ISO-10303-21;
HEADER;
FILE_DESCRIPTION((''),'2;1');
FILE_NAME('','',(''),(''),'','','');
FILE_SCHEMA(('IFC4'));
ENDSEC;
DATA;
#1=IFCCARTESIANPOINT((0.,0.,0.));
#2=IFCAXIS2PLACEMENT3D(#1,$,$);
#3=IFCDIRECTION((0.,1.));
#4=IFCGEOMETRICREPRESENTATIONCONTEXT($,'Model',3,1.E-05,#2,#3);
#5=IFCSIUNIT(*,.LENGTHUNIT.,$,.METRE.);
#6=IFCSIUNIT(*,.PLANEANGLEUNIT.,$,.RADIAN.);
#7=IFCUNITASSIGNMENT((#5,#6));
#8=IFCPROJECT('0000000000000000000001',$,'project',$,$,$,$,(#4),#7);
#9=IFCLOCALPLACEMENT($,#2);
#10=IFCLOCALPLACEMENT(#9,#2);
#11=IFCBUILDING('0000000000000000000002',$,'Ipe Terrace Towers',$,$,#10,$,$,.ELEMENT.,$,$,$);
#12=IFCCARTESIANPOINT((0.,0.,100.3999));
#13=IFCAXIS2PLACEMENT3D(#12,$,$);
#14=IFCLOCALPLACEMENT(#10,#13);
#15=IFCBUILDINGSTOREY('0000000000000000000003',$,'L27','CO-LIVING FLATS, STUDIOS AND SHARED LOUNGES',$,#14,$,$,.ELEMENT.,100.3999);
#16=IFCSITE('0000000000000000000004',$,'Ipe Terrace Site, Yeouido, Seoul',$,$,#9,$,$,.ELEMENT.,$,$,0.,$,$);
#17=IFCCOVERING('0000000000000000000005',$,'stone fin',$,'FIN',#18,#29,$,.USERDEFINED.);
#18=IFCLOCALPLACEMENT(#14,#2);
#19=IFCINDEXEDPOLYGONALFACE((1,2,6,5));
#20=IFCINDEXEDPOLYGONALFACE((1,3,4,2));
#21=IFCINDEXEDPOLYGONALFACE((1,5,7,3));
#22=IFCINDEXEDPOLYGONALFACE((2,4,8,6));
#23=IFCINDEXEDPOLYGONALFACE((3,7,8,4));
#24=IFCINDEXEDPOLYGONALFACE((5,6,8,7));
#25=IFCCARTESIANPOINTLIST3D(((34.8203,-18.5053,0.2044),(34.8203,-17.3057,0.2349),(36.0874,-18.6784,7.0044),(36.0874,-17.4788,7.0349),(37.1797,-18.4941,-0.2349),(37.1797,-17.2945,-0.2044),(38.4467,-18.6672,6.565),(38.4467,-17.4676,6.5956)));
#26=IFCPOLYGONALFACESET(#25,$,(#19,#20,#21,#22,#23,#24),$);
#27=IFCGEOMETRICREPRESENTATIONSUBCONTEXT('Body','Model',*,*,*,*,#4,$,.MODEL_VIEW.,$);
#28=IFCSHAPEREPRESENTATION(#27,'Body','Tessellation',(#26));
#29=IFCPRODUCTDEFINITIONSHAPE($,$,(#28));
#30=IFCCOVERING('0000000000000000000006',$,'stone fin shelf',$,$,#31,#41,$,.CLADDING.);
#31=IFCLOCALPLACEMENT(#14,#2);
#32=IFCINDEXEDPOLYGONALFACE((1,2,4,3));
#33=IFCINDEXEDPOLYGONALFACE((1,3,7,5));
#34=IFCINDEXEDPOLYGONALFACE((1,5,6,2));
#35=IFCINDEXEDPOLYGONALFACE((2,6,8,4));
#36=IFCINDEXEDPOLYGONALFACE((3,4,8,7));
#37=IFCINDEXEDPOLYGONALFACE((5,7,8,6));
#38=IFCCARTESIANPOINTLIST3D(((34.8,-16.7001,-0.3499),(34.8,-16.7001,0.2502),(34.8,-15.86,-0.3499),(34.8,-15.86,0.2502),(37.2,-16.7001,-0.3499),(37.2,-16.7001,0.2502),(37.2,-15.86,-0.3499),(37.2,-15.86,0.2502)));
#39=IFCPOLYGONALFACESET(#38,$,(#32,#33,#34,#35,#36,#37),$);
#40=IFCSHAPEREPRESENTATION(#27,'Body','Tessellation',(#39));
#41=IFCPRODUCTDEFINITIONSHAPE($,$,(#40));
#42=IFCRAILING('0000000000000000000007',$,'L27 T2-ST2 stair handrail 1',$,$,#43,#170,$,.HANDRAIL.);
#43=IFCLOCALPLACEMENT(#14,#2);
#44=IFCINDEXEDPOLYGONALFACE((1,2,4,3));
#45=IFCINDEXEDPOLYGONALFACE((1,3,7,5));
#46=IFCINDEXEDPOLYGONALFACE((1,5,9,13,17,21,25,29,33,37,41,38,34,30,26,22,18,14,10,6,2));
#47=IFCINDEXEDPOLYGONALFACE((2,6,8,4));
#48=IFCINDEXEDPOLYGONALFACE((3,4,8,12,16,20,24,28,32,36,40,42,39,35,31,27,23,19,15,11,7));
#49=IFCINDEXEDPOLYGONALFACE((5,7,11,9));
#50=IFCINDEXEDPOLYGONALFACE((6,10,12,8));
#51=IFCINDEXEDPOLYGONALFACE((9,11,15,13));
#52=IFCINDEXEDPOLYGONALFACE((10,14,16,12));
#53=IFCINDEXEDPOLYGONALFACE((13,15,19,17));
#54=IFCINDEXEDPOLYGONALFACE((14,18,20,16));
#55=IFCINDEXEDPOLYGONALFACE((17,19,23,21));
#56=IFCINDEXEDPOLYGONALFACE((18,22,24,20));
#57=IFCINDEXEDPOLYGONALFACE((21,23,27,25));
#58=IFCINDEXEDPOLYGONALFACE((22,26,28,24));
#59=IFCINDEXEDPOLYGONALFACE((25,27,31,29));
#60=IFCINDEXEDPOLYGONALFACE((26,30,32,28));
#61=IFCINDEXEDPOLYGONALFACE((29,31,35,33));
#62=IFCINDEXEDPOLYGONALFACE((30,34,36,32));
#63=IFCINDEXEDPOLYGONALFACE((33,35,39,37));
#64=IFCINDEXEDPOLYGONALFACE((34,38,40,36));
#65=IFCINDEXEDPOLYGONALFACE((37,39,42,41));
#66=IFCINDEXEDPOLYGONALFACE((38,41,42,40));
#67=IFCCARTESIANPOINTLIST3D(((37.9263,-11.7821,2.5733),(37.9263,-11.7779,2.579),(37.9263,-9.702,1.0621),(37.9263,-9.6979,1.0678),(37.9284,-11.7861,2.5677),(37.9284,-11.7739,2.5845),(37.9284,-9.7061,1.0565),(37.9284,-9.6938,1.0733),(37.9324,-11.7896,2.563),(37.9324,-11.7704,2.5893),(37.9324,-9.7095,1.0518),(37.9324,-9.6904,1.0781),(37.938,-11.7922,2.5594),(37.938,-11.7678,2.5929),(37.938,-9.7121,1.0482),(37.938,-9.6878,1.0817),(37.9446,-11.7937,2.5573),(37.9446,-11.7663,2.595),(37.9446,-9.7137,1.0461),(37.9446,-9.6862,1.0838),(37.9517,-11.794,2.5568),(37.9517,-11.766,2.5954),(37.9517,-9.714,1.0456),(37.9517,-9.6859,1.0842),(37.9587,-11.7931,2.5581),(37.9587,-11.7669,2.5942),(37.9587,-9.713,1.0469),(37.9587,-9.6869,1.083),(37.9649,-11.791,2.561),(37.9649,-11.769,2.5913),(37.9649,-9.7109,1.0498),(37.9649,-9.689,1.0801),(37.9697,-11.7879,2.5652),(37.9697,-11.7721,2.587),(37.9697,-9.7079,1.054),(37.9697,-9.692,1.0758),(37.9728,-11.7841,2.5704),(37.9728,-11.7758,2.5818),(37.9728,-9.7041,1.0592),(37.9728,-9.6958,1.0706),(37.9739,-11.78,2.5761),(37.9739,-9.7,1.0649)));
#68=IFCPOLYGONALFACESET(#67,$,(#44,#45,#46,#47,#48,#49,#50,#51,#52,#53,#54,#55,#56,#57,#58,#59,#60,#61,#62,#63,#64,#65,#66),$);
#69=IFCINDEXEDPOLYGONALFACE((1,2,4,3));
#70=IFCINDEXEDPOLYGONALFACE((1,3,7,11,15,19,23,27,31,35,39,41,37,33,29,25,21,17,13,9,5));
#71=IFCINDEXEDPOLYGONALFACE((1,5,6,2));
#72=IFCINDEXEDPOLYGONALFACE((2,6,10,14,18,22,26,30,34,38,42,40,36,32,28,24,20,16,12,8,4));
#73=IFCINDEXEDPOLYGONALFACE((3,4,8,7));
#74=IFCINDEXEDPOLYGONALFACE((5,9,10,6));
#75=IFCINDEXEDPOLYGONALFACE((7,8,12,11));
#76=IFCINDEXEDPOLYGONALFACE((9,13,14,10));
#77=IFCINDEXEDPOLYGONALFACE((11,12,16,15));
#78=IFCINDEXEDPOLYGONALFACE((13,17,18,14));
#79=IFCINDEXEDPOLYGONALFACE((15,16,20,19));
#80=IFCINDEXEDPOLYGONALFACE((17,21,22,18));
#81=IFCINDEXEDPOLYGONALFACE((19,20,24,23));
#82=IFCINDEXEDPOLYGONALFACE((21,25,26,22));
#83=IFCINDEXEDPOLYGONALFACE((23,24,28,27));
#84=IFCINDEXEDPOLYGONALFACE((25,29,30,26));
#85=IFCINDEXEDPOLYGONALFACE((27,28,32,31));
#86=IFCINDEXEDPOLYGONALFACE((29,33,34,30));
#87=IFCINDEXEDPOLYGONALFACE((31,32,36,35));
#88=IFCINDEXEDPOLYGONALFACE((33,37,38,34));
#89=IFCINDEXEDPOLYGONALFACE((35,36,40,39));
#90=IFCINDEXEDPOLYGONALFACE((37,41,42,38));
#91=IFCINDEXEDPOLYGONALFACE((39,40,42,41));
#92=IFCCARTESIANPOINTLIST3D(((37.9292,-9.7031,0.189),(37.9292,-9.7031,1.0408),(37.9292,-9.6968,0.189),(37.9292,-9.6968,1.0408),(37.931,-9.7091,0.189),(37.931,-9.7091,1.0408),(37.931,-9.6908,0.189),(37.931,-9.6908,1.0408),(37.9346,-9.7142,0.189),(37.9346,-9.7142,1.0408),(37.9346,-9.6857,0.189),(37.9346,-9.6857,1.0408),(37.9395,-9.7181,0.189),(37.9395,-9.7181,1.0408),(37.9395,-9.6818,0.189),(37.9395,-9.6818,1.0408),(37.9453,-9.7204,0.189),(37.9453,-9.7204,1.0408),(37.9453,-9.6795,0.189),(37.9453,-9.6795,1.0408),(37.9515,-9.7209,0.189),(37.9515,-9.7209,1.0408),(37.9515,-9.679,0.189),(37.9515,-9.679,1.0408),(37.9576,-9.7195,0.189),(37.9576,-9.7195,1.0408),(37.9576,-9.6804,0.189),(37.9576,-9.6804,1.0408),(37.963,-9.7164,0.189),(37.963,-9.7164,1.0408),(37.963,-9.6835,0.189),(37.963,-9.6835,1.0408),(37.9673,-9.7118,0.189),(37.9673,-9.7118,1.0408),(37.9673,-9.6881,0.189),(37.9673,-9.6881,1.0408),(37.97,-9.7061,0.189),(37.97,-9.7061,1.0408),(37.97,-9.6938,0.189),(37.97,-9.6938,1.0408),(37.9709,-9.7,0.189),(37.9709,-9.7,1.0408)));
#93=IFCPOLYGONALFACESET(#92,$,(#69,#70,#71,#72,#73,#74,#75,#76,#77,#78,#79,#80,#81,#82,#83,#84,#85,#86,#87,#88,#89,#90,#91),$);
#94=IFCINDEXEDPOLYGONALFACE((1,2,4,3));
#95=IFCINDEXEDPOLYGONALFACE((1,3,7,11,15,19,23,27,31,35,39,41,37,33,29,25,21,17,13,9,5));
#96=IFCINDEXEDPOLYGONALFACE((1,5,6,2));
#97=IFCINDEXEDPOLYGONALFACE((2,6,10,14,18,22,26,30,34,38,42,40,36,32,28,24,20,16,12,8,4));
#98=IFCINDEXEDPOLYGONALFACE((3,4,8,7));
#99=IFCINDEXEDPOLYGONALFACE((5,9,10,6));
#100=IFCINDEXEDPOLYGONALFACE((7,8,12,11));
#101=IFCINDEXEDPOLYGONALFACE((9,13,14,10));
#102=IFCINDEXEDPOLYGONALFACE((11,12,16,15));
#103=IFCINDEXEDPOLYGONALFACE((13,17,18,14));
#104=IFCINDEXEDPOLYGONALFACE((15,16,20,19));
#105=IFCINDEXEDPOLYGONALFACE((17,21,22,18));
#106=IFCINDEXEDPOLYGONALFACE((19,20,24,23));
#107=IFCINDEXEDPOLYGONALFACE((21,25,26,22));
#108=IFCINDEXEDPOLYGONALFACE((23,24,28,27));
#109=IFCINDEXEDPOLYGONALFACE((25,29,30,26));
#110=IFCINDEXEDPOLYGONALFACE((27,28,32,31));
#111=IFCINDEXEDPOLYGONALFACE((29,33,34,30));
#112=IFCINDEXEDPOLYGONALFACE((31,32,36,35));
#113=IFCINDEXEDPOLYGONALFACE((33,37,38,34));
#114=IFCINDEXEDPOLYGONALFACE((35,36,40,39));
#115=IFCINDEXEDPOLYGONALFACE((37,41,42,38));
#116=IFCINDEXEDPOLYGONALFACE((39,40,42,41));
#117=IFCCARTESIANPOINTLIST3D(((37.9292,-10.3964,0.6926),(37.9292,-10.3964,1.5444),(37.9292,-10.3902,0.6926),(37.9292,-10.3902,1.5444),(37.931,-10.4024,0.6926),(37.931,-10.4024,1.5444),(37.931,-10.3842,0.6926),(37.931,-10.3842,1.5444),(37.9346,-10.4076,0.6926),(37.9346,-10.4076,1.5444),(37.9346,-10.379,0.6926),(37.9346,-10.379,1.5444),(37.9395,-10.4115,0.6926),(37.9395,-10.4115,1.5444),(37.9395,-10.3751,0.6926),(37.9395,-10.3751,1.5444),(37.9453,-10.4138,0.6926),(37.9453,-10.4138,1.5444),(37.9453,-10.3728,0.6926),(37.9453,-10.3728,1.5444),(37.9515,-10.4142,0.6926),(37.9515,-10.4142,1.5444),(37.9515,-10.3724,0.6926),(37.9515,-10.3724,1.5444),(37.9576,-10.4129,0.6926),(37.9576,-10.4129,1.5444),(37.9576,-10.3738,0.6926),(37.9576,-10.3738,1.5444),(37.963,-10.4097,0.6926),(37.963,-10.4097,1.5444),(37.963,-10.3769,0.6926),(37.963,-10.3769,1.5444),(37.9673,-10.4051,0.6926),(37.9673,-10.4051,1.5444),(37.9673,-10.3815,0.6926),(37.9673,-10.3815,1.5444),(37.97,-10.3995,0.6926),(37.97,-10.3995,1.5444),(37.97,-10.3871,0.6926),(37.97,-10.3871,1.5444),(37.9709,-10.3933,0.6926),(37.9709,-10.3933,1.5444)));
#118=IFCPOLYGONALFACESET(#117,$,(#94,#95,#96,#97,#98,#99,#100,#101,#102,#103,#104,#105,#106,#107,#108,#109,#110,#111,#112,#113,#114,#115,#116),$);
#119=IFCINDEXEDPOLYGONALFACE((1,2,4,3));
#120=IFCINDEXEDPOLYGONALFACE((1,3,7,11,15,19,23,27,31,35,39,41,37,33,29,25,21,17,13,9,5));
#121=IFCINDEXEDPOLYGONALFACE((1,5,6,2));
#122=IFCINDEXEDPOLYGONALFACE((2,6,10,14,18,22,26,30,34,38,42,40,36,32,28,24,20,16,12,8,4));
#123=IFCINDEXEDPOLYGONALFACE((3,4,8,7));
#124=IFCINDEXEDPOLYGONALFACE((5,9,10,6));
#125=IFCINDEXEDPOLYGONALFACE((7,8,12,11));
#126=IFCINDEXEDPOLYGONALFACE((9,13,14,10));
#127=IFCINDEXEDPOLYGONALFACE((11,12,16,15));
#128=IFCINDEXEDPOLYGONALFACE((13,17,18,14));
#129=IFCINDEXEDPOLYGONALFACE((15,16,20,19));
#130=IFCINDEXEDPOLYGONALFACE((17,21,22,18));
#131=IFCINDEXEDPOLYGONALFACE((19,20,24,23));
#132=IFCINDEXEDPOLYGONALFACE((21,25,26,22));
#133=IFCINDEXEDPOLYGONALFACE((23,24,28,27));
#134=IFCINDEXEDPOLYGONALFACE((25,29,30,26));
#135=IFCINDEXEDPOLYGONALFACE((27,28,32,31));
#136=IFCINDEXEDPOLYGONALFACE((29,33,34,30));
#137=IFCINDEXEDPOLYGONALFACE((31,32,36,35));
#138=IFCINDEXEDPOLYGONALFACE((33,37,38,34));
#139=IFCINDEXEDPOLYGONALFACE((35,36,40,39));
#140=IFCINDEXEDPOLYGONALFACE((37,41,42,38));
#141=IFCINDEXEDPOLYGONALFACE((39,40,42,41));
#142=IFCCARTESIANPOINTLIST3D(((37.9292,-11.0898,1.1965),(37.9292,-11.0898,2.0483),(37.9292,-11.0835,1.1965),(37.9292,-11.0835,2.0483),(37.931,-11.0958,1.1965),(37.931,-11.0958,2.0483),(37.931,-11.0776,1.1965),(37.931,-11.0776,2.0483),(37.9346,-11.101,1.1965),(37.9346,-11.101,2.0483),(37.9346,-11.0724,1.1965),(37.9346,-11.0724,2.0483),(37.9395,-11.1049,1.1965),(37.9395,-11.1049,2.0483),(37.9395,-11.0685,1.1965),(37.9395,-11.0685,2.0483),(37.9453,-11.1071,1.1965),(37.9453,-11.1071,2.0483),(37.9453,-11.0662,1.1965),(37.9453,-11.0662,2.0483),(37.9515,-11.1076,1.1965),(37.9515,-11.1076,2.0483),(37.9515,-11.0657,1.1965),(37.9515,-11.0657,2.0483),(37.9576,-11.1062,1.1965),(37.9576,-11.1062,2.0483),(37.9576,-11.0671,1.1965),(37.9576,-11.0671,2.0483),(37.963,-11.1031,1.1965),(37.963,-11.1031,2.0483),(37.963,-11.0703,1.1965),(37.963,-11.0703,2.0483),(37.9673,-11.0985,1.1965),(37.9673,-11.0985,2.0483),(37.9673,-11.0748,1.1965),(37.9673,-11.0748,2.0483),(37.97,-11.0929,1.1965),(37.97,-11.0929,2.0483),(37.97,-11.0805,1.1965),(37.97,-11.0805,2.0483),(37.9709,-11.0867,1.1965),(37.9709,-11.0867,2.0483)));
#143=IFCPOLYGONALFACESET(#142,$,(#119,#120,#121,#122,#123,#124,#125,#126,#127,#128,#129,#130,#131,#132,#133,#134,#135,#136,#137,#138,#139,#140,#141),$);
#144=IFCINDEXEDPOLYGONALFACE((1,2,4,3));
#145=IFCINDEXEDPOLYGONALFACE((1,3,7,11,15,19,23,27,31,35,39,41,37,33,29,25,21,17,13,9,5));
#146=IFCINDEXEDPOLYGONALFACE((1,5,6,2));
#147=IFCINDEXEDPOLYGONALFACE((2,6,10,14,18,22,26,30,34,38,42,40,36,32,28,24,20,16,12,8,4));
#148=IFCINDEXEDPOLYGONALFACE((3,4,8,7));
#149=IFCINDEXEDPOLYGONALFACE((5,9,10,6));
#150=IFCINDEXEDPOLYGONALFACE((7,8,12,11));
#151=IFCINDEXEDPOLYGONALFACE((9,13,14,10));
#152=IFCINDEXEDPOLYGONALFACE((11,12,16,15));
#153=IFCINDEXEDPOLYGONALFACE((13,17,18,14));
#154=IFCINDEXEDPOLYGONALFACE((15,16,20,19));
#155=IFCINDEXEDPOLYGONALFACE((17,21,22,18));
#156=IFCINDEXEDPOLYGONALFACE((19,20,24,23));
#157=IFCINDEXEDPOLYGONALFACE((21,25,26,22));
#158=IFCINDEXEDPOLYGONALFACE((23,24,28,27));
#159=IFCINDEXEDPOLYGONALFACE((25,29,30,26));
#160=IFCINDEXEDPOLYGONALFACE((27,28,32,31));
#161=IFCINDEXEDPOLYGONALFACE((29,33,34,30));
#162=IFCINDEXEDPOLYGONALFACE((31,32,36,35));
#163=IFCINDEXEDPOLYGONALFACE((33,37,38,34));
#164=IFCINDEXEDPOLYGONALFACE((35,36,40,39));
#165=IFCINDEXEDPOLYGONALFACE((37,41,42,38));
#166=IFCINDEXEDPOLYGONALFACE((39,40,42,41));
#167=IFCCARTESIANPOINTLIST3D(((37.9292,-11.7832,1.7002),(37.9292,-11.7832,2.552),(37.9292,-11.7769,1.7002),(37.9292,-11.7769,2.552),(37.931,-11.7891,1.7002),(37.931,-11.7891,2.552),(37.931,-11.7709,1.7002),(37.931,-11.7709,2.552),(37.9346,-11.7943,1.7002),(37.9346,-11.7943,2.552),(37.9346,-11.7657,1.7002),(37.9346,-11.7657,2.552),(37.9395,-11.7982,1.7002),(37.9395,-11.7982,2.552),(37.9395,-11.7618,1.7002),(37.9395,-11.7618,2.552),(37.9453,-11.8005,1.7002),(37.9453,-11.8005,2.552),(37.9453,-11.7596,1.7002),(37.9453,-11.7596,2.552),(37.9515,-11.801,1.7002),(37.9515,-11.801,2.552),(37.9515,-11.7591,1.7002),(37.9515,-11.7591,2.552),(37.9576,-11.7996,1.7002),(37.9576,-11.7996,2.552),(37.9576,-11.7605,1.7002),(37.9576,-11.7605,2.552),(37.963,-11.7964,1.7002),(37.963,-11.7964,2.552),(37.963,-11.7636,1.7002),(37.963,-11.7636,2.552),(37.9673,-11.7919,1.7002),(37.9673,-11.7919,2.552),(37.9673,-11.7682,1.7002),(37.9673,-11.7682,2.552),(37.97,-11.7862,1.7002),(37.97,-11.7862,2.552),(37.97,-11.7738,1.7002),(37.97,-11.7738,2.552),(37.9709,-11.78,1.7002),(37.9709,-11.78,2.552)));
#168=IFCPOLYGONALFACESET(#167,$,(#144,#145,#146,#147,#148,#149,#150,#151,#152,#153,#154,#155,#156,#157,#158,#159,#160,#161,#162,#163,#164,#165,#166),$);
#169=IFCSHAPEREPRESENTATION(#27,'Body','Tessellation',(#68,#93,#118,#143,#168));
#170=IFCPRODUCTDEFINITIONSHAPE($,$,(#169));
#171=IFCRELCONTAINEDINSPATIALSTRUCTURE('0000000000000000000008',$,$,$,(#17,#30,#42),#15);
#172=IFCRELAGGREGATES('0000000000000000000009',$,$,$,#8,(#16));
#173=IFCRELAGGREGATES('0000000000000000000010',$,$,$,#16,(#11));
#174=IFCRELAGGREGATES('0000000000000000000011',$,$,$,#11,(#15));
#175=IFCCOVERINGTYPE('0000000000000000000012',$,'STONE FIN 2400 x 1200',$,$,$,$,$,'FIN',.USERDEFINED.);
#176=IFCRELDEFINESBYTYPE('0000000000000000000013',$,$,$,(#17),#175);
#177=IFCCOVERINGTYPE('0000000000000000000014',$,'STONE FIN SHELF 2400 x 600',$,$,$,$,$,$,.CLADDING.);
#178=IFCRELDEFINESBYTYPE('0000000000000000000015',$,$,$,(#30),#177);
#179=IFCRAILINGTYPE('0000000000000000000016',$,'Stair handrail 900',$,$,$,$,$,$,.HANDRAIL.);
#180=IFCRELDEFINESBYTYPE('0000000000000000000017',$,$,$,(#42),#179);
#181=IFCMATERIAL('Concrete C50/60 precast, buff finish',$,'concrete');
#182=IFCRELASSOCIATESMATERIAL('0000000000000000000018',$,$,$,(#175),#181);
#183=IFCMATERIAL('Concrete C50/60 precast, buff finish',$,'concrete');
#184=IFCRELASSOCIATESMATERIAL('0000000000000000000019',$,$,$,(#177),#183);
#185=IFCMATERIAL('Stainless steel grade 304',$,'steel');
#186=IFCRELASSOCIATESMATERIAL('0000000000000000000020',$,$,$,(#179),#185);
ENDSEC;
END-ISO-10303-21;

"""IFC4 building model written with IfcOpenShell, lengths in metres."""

from ifc_helpers import new_model, si_unit, direction, frame, origin, origin_2d, place, context, subcontext, project, spatial, rectangle, circle, extrude, material, material_profile, profile_set, type_object, element, save


model = new_model("IFC4")

# Units and contexts
model_context = context("Model", 3, precision=1e-05, world=origin(), true_north=direction((0.0, 1.0)))
body_context = subcontext(model_context, "Body", "Model", "MODEL_VIEW")
ifc_project = project(units=[si_unit("LENGTHUNIT", "METRE"), si_unit("PLANEANGLEUNIT", "RADIAN")], contexts=[model_context])

# Site, building, storey
site_placement = place(None, origin())
site = spatial("IfcSite", under=ifc_project, at=site_placement, Name="Ipe Terrace Site, Yeouido, Seoul", CompositionType="ELEMENT", RefElevation=0.0)
building_placement = place(site_placement, origin())
building = spatial("IfcBuilding", under=site, at=building_placement, Name="Ipe Terrace Towers", CompositionType="ELEMENT")
storey_placement = place(building_placement, frame((0.0, 0.0, 100.3999)))
storey = spatial("IfcBuildingStorey", under=building, at=storey_placement, Name="L27", Description="CO-LIVING FLATS, STUDIOS AND SHARED LOUNGES", CompositionType="ELEMENT", Elevation=100.3999)

# Coverings
ifc_material_1 = material(Name="Concrete C50/60 precast, buff finish", Category="concrete")
ifc_material_profile = material_profile(ifc_material_1, rectangle(XDim=2.3999, YDim=1.2, at=origin_2d()), Name="STONE FIN 2400 x 1200")
ifc_profile_set = profile_set([ifc_material_profile], Name="Concrete C50/60 precast, buff finish")
covering_type_1 = type_object("IfcCoveringType", Name="STONE FIN 2400 x 1200", ElementType="FIN", PredefinedType="USERDEFINED", material=ifc_profile_set)
for number, where, z_axis, x_axis, name in (
    (1, (36.0, -17.8999, 0.0), (0.183125, -0.025017, 0.982771), (0.98309, 0.00466, -0.183066), "stone fin"),
):
    element("IfcCovering", number, at=place(storey_placement, frame(where, z_axis=z_axis, x_axis=x_axis)), inside=storey, type_object=covering_type_1, Name=name, ObjectType="FIN", PredefinedType="USERDEFINED", context=body_context, shape_type="SweptSolid", body=[
        extrude(rectangle(XDim=2.3999, YDim=1.2, at=origin_2d()), origin(), (0.0, 0.0, 1.0), 6.9192),
    ])
ifc_material_2 = material(Name="Concrete C50/60 precast, buff finish", Category="concrete")
covering_type_2 = type_object("IfcCoveringType", Name="STONE FIN SHELF 2400 x 600", PredefinedType="CLADDING", material=ifc_material_2)
covering_1_placement = place(storey_placement, frame((36.0, -16.28, -0.3499), z_axis=(0.0, 0.0, 1.0), x_axis=(1.0, 0.0, 0.0)))
element("IfcCovering", 2, at=covering_1_placement, inside=storey, type_object=covering_type_2, Name="stone fin shelf", PredefinedType="CLADDING", context=body_context, shape_type="SweptSolid", body=[
    extrude(rectangle(XDim=2.3999, YDim=0.8401, at=origin_2d()), origin(), (0.0, 0.0, 1.0), 0.6001),
])

# Railing
ifc_material_3 = material(Name="Stainless steel grade 304", Category="steel")
railing_type_1 = type_object("IfcRailingType", Name="Stair handrail 900", PredefinedType="HANDRAIL", material=ifc_material_3)
railing_1_placement = place(storey_placement, frame((37.95, -9.7, 0.189)))
element("IfcRailing", 3, at=railing_1_placement, inside=storey, type_object=railing_type_1, Name="L27 T2-ST2 stair handrail 1", PredefinedType="HANDRAIL", context=body_context, shape_type="SweptSolid", body=[
    extrude(circle(Radius=0.0239, at=origin_2d()), frame((0.0, 0.0, 0.876), z_axis=(0.0, -0.809023, 0.587776), x_axis=(1.0, 0.0, 0.0)), (0.0, 0.0, 1.0), 2.571),
    extrude(circle(Radius=0.021, at=origin_2d()), origin(), (0.0, 0.0, 1.0), 0.8518),
    extrude(circle(Radius=0.021, at=origin_2d()), frame((0.0, -0.6934, 0.5037)), (0.0, 0.0, 1.0), 0.8518),
    extrude(circle(Radius=0.021, at=origin_2d()), frame((0.0, -1.3867, 1.0076)), (0.0, 0.0, 1.0), 0.8518),
    extrude(circle(Radius=0.021, at=origin_2d()), frame((0.0, -2.0801, 1.5112)), (0.0, 0.0, 1.0), 0.8518),
])

save(model, "model.ifc")
